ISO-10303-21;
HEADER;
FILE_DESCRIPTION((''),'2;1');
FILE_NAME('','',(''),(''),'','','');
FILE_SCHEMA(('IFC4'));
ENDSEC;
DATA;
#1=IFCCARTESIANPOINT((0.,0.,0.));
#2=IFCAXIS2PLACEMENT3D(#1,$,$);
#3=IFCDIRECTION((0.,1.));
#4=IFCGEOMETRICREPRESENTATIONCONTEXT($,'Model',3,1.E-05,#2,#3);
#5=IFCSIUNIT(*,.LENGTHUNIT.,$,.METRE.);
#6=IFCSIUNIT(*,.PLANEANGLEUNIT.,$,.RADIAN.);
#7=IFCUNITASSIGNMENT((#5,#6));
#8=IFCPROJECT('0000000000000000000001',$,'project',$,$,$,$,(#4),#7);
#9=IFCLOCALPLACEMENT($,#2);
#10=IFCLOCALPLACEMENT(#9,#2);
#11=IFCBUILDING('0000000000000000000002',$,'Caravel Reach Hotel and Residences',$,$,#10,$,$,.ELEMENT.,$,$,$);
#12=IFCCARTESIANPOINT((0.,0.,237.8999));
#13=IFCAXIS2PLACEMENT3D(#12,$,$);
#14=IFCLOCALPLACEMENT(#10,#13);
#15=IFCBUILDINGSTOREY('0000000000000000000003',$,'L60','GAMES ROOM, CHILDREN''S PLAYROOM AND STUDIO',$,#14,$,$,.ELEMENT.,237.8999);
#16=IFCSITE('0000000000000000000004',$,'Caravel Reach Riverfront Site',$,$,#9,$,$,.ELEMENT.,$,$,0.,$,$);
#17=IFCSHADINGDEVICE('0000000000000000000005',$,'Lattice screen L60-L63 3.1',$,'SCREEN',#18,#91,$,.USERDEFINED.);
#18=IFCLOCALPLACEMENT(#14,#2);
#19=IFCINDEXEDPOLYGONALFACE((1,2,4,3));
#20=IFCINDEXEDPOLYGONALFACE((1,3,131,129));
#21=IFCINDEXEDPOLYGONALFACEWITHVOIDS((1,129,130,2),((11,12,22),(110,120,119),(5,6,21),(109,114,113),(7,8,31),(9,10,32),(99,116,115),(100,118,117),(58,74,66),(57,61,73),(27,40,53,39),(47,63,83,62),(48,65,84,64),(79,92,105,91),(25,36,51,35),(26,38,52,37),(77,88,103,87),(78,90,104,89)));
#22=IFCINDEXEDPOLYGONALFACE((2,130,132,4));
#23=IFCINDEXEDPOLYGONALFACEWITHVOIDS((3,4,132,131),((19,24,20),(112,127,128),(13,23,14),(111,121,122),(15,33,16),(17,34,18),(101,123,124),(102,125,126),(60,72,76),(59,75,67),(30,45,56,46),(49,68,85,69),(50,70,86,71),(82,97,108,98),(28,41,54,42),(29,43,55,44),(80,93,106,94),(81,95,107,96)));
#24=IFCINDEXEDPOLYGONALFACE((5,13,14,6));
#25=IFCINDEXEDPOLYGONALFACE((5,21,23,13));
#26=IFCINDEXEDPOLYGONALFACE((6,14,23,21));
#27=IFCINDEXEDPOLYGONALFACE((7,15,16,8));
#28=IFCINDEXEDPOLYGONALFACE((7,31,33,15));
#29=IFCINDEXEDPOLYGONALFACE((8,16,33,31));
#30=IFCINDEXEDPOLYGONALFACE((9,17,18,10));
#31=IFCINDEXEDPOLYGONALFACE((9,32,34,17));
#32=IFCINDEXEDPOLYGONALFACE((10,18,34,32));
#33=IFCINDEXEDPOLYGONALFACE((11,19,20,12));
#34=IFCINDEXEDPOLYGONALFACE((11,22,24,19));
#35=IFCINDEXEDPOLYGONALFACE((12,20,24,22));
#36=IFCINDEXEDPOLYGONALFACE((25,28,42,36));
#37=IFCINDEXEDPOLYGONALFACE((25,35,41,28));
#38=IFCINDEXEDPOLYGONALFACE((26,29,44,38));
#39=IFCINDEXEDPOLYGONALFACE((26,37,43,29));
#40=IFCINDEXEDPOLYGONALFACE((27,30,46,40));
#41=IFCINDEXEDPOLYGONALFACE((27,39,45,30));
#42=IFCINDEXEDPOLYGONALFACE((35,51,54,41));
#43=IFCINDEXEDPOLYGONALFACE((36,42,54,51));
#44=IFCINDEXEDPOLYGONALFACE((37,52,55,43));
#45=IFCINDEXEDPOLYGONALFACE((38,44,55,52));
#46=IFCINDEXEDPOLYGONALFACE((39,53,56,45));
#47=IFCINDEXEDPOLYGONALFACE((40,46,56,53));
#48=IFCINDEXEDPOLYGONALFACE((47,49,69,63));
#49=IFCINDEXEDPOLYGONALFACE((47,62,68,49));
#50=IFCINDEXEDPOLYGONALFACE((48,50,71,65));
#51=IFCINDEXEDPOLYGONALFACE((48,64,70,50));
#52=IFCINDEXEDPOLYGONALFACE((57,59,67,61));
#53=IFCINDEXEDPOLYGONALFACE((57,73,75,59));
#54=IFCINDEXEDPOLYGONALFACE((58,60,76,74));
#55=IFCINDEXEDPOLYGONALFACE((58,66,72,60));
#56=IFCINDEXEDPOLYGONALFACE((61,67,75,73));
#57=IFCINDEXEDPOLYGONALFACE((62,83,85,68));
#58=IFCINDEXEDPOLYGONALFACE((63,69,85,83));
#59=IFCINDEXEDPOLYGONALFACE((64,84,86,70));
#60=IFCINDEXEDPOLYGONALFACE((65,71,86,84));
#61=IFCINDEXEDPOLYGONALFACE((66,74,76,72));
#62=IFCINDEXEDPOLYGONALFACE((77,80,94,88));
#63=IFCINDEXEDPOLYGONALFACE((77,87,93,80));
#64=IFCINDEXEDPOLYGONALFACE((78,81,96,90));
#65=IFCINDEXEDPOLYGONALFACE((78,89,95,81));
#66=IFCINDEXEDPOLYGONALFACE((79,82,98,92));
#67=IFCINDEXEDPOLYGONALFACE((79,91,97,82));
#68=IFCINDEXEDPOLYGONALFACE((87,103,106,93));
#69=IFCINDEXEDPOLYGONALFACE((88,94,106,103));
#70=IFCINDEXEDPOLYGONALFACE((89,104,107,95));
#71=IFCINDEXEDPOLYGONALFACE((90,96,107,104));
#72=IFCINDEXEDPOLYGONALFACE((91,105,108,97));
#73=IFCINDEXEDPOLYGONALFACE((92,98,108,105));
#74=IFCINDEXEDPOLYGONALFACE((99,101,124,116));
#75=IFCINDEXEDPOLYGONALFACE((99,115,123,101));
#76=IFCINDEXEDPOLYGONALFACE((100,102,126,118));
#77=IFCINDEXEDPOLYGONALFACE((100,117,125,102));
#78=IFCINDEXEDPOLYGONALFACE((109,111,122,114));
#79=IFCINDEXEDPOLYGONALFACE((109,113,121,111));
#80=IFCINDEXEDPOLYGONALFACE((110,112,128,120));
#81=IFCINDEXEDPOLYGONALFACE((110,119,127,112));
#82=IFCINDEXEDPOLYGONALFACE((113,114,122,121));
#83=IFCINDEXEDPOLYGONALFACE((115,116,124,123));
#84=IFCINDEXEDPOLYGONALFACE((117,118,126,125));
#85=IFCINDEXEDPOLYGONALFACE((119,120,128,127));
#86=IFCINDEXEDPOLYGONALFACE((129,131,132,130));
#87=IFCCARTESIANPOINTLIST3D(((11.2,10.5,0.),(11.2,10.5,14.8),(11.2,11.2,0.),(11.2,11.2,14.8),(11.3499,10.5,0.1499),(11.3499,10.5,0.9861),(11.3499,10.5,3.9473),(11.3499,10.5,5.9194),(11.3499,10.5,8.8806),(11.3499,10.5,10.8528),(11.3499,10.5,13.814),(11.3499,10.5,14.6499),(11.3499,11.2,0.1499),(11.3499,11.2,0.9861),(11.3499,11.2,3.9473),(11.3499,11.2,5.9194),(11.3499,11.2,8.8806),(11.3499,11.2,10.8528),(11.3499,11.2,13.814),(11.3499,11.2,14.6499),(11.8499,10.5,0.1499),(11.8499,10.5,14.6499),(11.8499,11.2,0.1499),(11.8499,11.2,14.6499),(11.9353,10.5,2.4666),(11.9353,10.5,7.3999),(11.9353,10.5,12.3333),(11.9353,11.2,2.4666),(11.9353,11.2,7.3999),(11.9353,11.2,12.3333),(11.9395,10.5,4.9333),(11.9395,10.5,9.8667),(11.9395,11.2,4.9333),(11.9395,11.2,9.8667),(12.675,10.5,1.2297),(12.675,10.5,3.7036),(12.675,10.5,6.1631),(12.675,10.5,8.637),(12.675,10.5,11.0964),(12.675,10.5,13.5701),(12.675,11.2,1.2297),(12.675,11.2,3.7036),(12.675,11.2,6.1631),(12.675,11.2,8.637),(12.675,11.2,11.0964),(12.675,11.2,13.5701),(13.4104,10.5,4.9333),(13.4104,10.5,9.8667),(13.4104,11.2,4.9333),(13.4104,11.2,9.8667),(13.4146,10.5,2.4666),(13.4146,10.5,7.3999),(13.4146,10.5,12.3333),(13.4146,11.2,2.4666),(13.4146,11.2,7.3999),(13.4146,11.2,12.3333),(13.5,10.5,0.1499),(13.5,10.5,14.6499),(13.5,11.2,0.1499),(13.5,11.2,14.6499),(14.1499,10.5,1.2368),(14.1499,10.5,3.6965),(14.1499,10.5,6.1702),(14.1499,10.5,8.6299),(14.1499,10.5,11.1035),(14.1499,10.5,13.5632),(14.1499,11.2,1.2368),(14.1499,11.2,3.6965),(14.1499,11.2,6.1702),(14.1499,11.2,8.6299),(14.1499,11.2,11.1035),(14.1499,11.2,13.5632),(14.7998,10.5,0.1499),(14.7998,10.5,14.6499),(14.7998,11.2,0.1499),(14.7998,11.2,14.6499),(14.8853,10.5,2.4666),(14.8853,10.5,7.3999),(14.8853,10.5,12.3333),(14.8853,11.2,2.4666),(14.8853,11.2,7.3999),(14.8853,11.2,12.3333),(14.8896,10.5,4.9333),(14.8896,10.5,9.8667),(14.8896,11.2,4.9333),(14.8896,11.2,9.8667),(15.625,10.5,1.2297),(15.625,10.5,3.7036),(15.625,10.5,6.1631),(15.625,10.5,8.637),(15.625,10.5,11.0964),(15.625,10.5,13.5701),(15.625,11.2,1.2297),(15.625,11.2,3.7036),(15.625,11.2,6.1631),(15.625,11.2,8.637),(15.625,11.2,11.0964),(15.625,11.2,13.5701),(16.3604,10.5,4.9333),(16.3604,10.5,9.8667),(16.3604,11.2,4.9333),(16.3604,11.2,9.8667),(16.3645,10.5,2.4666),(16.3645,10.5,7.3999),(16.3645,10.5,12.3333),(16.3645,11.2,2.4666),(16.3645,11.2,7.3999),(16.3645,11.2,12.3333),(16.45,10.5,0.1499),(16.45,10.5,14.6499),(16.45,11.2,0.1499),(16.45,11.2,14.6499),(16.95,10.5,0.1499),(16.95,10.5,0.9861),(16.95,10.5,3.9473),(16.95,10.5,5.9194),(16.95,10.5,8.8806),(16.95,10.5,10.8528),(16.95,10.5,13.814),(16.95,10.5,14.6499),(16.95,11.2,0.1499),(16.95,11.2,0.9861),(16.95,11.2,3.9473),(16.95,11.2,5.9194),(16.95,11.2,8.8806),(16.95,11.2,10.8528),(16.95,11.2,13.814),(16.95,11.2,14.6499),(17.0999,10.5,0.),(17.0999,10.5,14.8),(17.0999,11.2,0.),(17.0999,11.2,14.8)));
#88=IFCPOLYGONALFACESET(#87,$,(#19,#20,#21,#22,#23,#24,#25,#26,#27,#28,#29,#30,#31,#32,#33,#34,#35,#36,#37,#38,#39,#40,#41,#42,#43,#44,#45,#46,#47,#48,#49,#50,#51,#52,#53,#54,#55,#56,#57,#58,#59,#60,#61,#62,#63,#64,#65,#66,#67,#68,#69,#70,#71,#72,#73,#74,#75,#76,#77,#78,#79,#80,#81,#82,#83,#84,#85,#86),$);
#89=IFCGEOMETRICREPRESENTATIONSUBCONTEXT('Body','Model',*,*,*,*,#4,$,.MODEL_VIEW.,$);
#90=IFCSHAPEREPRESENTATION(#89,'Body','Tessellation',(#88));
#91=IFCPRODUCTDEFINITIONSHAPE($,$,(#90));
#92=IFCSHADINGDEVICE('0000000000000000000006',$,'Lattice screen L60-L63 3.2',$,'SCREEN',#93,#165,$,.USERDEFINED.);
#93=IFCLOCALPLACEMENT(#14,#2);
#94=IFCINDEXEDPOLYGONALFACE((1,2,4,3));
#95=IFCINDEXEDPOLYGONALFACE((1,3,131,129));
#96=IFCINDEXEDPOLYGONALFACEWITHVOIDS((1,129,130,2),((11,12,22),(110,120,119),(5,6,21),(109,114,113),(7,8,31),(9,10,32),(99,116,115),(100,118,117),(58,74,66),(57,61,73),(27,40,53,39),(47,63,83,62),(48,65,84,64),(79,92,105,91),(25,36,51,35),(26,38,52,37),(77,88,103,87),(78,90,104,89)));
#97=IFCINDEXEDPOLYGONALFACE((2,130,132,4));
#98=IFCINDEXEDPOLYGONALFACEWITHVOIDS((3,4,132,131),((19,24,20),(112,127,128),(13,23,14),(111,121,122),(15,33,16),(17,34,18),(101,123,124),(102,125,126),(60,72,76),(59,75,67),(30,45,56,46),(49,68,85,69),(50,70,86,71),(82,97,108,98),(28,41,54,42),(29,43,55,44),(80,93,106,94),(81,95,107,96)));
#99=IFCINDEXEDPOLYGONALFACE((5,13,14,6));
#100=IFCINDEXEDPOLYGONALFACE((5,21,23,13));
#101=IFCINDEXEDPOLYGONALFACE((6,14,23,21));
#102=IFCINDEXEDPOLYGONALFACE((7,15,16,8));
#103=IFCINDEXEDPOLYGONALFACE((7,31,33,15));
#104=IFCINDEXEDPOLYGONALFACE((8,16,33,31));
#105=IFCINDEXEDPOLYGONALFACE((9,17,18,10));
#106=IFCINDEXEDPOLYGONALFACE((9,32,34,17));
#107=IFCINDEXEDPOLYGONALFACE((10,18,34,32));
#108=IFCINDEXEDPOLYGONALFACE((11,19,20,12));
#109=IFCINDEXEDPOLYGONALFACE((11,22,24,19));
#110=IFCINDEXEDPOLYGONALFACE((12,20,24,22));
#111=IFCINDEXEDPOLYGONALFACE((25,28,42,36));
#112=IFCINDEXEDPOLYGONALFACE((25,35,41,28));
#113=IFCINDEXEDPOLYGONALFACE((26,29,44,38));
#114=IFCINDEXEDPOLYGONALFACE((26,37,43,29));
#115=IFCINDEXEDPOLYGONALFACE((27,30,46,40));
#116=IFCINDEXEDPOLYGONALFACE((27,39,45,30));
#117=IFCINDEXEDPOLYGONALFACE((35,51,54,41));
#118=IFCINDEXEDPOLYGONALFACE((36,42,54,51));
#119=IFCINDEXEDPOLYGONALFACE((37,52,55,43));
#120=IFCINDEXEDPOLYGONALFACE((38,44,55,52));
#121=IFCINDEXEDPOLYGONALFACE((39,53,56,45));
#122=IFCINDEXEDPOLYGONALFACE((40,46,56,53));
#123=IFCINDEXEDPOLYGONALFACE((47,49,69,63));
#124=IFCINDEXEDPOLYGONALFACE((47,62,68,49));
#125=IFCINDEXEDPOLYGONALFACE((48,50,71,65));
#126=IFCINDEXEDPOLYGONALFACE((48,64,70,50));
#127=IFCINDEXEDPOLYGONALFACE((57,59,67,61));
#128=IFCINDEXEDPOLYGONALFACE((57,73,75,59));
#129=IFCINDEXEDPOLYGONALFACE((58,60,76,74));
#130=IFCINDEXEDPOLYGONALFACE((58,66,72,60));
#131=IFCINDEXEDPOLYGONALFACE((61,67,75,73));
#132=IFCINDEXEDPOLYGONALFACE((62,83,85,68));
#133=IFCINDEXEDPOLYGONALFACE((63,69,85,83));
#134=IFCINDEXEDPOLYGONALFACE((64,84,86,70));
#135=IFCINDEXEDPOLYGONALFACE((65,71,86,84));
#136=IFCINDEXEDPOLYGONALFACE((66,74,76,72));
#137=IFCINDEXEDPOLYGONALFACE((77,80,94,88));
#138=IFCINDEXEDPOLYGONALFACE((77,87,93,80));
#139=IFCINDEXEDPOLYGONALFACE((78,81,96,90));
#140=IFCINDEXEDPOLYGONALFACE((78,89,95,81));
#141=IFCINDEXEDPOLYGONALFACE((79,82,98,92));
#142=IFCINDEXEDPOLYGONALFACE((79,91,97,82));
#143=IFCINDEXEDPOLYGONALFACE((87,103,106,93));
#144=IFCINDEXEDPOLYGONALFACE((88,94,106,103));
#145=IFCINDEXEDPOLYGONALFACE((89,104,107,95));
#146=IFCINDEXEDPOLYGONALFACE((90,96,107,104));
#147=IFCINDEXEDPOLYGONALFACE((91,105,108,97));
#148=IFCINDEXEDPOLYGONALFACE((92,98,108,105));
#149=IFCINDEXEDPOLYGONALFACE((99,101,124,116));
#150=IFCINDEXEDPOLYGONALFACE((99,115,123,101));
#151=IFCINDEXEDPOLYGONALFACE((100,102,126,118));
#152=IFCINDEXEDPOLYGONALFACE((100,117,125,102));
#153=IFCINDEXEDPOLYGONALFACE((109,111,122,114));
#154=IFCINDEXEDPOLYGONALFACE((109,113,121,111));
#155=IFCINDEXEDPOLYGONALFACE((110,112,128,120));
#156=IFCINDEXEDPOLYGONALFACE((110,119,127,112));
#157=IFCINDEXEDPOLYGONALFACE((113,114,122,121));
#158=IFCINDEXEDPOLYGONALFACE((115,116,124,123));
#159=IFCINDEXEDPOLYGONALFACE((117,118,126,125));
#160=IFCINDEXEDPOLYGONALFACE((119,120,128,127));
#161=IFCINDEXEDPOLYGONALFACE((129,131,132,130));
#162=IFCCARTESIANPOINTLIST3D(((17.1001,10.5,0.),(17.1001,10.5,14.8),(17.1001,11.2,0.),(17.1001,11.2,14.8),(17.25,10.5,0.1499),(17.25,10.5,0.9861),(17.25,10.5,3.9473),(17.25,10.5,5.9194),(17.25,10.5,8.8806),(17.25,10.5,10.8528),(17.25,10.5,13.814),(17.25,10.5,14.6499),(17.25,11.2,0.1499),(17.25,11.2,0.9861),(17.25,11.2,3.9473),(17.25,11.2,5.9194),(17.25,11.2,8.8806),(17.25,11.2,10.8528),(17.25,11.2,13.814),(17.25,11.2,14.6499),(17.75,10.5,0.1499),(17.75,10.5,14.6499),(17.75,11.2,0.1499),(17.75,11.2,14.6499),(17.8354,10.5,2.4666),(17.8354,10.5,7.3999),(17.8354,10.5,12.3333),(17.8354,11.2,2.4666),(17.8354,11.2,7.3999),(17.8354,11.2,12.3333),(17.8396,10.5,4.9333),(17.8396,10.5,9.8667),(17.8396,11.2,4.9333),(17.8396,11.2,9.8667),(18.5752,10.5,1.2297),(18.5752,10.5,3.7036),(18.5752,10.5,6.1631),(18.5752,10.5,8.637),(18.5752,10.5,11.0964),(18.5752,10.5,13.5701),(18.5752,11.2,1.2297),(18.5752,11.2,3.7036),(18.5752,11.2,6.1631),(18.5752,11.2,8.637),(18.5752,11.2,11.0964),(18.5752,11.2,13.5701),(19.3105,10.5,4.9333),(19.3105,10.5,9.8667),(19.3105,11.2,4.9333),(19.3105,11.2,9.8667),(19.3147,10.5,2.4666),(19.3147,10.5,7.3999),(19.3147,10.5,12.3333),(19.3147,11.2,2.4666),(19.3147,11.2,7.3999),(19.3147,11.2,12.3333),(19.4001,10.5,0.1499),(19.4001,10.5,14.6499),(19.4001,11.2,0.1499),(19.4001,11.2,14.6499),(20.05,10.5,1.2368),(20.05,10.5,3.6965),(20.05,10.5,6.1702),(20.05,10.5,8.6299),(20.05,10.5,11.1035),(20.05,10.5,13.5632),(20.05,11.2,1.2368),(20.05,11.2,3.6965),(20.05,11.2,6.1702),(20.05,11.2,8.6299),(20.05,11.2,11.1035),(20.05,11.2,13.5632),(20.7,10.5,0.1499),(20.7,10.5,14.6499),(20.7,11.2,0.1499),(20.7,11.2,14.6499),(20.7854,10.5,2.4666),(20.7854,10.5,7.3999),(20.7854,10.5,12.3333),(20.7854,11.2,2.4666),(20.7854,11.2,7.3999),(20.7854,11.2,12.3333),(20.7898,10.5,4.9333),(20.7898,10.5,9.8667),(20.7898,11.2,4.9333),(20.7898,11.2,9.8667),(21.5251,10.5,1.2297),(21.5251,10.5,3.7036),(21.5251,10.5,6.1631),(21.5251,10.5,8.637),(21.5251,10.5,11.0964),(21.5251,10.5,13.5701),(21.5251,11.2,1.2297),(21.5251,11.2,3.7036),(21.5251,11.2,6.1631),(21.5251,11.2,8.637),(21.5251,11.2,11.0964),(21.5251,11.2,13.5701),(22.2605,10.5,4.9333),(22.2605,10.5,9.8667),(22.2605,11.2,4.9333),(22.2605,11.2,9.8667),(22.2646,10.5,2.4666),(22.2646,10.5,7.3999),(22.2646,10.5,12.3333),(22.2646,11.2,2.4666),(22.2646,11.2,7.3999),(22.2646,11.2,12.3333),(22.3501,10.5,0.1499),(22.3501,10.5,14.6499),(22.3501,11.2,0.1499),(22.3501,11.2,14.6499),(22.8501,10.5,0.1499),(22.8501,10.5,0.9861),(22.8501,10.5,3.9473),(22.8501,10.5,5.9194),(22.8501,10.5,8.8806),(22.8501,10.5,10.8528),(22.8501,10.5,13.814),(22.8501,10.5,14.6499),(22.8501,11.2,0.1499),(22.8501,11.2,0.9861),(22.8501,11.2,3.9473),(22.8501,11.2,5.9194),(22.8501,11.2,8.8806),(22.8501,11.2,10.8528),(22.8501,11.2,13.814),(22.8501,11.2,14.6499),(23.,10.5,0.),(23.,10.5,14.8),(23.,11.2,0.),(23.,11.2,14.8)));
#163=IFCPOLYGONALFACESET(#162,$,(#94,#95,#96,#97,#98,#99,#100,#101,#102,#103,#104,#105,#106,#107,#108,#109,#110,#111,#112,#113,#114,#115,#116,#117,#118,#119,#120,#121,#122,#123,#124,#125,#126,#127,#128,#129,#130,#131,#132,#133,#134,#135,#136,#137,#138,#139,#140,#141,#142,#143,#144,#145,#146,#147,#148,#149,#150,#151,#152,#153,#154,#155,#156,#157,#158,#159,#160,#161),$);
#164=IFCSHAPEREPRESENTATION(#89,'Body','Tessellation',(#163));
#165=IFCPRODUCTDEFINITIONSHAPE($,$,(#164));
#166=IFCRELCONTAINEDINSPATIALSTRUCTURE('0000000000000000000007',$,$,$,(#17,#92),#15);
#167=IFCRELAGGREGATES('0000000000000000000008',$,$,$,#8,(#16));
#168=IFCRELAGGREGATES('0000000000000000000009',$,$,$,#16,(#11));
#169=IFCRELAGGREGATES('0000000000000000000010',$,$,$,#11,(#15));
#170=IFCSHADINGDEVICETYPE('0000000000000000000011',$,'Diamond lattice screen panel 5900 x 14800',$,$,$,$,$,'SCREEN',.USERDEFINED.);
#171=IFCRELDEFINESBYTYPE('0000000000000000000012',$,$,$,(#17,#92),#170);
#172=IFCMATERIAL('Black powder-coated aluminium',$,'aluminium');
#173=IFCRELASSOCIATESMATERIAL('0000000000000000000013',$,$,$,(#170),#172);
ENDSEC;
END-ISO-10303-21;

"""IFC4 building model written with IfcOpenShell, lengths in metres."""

from ifc_helpers import new_model, si_unit, direction, frame, origin, place, context, subcontext, project, spatial, polyline, outline, extrude, material, type_object, element, save


model = new_model("IFC4")

# Units and contexts
model_context = context("Model", 3, precision=1e-05, world=origin(), true_north=direction((0.0, 1.0)))
body_context = subcontext(model_context, "Body", "Model", "MODEL_VIEW")
ifc_project = project(units=[si_unit("LENGTHUNIT", "METRE"), si_unit("PLANEANGLEUNIT", "RADIAN")], contexts=[model_context])

# Site, building, storey
site_placement = place(None, origin())
site = spatial("IfcSite", under=ifc_project, at=site_placement, Name="Caravel Reach Riverfront Site", CompositionType="ELEMENT", RefElevation=0.0)
building_placement = place(site_placement, origin())
building = spatial("IfcBuilding", under=site, at=building_placement, Name="Caravel Reach Hotel and Residences", CompositionType="ELEMENT")
storey_placement = place(building_placement, frame((0.0, 0.0, 237.8999)))
storey = spatial("IfcBuildingStorey", under=building, at=storey_placement, Name="L60", Description="GAMES ROOM, CHILDREN'S PLAYROOM AND STUDIO", CompositionType="ELEMENT", Elevation=237.8999)

# Shading devices
ifc_material_1 = material(Name="Black powder-coated aluminium", Category="aluminium")
shading_device_type_1 = type_object("IfcShadingDeviceType", Name="Diamond lattice screen panel 5900 x 14800", ElementType="SCREEN", PredefinedType="USERDEFINED", material=ifc_material_1)
shading_device_1_placement = place(storey_placement, frame((11.2, 11.2, 0.0), z_axis=(0.0, -1.0, 0.0), x_axis=(1.0, 0.0, 0.0)))
element("IfcShadingDevice", 1, at=shading_device_1_placement, inside=storey, type_object=shading_device_type_1, Name="Lattice screen L60-L63 3.1", ObjectType="SCREEN", PredefinedType="USERDEFINED", context=body_context, shape_type="SweptSolid", body=[
    extrude(outline(polyline([(0.0, 0.0), (5.8999, 0.0), (5.8999, 14.8), (0.0, 14.8), (0.0, 0.0)]), holes=[polyline([(0.6499, 0.1499), (0.1499, 0.9861), (0.1499, 0.1499), (0.6499, 0.1499)]), polyline([(0.7395, 4.9333), (0.1499, 5.9194), (0.1499, 3.9473), (0.7395, 4.9333)]), polyline([(0.7395, 9.8667), (0.1499, 10.8528), (0.1499, 8.8806), (0.7395, 9.8667)]), polyline([(0.1499, 13.814), (0.6499, 14.6499), (0.1499, 14.6499), (0.1499, 13.814)]), polyline([(1.4751, 3.7036), (0.7354, 2.4666), (1.4751, 1.2297), (2.2146, 2.4666), (1.4751, 3.7036)]), polyline([(1.4751, 8.637), (0.7354, 7.3999), (1.4751, 6.1631), (2.2146, 7.3999), (1.4751, 8.637)]), polyline([(1.4751, 13.5701), (0.7354, 12.3333), (1.4751, 11.0964), (2.2146, 12.3333), (1.4751, 13.5701)]), polyline([(2.95, 1.2368), (2.3, 0.1499), (3.5999, 0.1499), (2.95, 1.2368)]), polyline([(2.95, 6.1702), (2.2104, 4.9333), (2.95, 3.6965), (3.6897, 4.9333), (2.95, 6.1702)]), polyline([(2.95, 11.1035), (2.2104, 9.8667), (2.95, 8.6299), (3.6897, 9.8667), (2.95, 11.1035)]), polyline([(2.95, 13.5632), (3.5999, 14.6499), (2.3, 14.6499), (2.95, 13.5632)]), polyline([(4.425, 3.7036), (3.6853, 2.4666), (4.425, 1.2297), (5.1646, 2.4666), (4.425, 3.7036)]), polyline([(4.425, 8.637), (3.6853, 7.3999), (4.425, 6.1631), (5.1646, 7.3999), (4.425, 8.637)]), polyline([(4.425, 13.5701), (3.6853, 12.3333), (4.425, 11.0964), (5.1646, 12.3333), (4.425, 13.5701)]), polyline([(5.75, 0.9861), (5.25, 0.1499), (5.75, 0.1499), (5.75, 0.9861)]), polyline([(5.1604, 4.9333), (5.75, 3.9473), (5.75, 5.9194), (5.1604, 4.9333)]), polyline([(5.1604, 9.8667), (5.75, 8.8806), (5.75, 10.8528), (5.1604, 9.8667)]), polyline([(5.25, 14.6499), (5.75, 13.814), (5.75, 14.6499), (5.25, 14.6499)])]), origin(), (0.0, 0.0, 1.0), 0.7),
])
shading_device_2_placement = place(storey_placement, frame((17.1001, 11.2, 0.0), z_axis=(0.0, -1.0, 0.0), x_axis=(1.0, 0.0, 0.0)))
element("IfcShadingDevice", 2, at=shading_device_2_placement, inside=storey, type_object=shading_device_type_1, Name="Lattice screen L60-L63 3.2", ObjectType="SCREEN", PredefinedType="USERDEFINED", context=body_context, shape_type="SweptSolid", body=[
    extrude(outline(polyline([(0.0, 0.0), (5.8999, 0.0), (5.8999, 14.8), (0.0, 14.8), (0.0, 0.0)]), holes=[polyline([(0.6499, 0.1499), (0.1499, 0.9861), (0.1499, 0.1499), (0.6499, 0.1499)]), polyline([(0.7395, 4.9333), (0.1499, 5.9194), (0.1499, 3.9473), (0.7395, 4.9333)]), polyline([(0.7395, 9.8667), (0.1499, 10.8528), (0.1499, 8.8806), (0.7395, 9.8667)]), polyline([(0.1499, 13.814), (0.6499, 14.6499), (0.1499, 14.6499), (0.1499, 13.814)]), polyline([(1.4751, 3.7036), (0.7354, 2.4666), (1.4751, 1.2297), (2.2146, 2.4666), (1.4751, 3.7036)]), polyline([(1.4751, 8.637), (0.7354, 7.3999), (1.4751, 6.1631), (2.2146, 7.3999), (1.4751, 8.637)]), polyline([(1.4751, 13.5701), (0.7354, 12.3333), (1.4751, 11.0964), (2.2146, 12.3333), (1.4751, 13.5701)]), polyline([(2.95, 1.2368), (2.3, 0.1499), (3.5999, 0.1499), (2.95, 1.2368)]), polyline([(2.95, 6.1702), (2.2104, 4.9333), (2.95, 3.6965), (3.6897, 4.9333), (2.95, 6.1702)]), polyline([(2.95, 11.1035), (2.2104, 9.8667), (2.95, 8.6299), (3.6897, 9.8667), (2.95, 11.1035)]), polyline([(2.95, 13.5632), (3.5999, 14.6499), (2.3, 14.6499), (2.95, 13.5632)]), polyline([(4.425, 3.7036), (3.6853, 2.4666), (4.425, 1.2297), (5.1646, 2.4666), (4.425, 3.7036)]), polyline([(4.425, 8.637), (3.6853, 7.3999), (4.425, 6.1631), (5.1646, 7.3999), (4.425, 8.637)]), polyline([(4.425, 13.5701), (3.6853, 12.3333), (4.425, 11.0964), (5.1646, 12.3333), (4.425, 13.5701)]), polyline([(5.75, 0.9861), (5.25, 0.1499), (5.75, 0.1499), (5.75, 0.9861)]), polyline([(5.1604, 4.9333), (5.75, 3.9473), (5.75, 5.9194), (5.1604, 4.9333)]), polyline([(5.1604, 9.8667), (5.75, 8.8806), (5.75, 10.8528), (5.1604, 9.8667)]), polyline([(5.25, 14.6499), (5.75, 13.814), (5.75, 14.6499), (5.25, 14.6499)])]), origin(), (0.0, 0.0, 1.0), 0.7),
])

save(model, "model.ifc")
